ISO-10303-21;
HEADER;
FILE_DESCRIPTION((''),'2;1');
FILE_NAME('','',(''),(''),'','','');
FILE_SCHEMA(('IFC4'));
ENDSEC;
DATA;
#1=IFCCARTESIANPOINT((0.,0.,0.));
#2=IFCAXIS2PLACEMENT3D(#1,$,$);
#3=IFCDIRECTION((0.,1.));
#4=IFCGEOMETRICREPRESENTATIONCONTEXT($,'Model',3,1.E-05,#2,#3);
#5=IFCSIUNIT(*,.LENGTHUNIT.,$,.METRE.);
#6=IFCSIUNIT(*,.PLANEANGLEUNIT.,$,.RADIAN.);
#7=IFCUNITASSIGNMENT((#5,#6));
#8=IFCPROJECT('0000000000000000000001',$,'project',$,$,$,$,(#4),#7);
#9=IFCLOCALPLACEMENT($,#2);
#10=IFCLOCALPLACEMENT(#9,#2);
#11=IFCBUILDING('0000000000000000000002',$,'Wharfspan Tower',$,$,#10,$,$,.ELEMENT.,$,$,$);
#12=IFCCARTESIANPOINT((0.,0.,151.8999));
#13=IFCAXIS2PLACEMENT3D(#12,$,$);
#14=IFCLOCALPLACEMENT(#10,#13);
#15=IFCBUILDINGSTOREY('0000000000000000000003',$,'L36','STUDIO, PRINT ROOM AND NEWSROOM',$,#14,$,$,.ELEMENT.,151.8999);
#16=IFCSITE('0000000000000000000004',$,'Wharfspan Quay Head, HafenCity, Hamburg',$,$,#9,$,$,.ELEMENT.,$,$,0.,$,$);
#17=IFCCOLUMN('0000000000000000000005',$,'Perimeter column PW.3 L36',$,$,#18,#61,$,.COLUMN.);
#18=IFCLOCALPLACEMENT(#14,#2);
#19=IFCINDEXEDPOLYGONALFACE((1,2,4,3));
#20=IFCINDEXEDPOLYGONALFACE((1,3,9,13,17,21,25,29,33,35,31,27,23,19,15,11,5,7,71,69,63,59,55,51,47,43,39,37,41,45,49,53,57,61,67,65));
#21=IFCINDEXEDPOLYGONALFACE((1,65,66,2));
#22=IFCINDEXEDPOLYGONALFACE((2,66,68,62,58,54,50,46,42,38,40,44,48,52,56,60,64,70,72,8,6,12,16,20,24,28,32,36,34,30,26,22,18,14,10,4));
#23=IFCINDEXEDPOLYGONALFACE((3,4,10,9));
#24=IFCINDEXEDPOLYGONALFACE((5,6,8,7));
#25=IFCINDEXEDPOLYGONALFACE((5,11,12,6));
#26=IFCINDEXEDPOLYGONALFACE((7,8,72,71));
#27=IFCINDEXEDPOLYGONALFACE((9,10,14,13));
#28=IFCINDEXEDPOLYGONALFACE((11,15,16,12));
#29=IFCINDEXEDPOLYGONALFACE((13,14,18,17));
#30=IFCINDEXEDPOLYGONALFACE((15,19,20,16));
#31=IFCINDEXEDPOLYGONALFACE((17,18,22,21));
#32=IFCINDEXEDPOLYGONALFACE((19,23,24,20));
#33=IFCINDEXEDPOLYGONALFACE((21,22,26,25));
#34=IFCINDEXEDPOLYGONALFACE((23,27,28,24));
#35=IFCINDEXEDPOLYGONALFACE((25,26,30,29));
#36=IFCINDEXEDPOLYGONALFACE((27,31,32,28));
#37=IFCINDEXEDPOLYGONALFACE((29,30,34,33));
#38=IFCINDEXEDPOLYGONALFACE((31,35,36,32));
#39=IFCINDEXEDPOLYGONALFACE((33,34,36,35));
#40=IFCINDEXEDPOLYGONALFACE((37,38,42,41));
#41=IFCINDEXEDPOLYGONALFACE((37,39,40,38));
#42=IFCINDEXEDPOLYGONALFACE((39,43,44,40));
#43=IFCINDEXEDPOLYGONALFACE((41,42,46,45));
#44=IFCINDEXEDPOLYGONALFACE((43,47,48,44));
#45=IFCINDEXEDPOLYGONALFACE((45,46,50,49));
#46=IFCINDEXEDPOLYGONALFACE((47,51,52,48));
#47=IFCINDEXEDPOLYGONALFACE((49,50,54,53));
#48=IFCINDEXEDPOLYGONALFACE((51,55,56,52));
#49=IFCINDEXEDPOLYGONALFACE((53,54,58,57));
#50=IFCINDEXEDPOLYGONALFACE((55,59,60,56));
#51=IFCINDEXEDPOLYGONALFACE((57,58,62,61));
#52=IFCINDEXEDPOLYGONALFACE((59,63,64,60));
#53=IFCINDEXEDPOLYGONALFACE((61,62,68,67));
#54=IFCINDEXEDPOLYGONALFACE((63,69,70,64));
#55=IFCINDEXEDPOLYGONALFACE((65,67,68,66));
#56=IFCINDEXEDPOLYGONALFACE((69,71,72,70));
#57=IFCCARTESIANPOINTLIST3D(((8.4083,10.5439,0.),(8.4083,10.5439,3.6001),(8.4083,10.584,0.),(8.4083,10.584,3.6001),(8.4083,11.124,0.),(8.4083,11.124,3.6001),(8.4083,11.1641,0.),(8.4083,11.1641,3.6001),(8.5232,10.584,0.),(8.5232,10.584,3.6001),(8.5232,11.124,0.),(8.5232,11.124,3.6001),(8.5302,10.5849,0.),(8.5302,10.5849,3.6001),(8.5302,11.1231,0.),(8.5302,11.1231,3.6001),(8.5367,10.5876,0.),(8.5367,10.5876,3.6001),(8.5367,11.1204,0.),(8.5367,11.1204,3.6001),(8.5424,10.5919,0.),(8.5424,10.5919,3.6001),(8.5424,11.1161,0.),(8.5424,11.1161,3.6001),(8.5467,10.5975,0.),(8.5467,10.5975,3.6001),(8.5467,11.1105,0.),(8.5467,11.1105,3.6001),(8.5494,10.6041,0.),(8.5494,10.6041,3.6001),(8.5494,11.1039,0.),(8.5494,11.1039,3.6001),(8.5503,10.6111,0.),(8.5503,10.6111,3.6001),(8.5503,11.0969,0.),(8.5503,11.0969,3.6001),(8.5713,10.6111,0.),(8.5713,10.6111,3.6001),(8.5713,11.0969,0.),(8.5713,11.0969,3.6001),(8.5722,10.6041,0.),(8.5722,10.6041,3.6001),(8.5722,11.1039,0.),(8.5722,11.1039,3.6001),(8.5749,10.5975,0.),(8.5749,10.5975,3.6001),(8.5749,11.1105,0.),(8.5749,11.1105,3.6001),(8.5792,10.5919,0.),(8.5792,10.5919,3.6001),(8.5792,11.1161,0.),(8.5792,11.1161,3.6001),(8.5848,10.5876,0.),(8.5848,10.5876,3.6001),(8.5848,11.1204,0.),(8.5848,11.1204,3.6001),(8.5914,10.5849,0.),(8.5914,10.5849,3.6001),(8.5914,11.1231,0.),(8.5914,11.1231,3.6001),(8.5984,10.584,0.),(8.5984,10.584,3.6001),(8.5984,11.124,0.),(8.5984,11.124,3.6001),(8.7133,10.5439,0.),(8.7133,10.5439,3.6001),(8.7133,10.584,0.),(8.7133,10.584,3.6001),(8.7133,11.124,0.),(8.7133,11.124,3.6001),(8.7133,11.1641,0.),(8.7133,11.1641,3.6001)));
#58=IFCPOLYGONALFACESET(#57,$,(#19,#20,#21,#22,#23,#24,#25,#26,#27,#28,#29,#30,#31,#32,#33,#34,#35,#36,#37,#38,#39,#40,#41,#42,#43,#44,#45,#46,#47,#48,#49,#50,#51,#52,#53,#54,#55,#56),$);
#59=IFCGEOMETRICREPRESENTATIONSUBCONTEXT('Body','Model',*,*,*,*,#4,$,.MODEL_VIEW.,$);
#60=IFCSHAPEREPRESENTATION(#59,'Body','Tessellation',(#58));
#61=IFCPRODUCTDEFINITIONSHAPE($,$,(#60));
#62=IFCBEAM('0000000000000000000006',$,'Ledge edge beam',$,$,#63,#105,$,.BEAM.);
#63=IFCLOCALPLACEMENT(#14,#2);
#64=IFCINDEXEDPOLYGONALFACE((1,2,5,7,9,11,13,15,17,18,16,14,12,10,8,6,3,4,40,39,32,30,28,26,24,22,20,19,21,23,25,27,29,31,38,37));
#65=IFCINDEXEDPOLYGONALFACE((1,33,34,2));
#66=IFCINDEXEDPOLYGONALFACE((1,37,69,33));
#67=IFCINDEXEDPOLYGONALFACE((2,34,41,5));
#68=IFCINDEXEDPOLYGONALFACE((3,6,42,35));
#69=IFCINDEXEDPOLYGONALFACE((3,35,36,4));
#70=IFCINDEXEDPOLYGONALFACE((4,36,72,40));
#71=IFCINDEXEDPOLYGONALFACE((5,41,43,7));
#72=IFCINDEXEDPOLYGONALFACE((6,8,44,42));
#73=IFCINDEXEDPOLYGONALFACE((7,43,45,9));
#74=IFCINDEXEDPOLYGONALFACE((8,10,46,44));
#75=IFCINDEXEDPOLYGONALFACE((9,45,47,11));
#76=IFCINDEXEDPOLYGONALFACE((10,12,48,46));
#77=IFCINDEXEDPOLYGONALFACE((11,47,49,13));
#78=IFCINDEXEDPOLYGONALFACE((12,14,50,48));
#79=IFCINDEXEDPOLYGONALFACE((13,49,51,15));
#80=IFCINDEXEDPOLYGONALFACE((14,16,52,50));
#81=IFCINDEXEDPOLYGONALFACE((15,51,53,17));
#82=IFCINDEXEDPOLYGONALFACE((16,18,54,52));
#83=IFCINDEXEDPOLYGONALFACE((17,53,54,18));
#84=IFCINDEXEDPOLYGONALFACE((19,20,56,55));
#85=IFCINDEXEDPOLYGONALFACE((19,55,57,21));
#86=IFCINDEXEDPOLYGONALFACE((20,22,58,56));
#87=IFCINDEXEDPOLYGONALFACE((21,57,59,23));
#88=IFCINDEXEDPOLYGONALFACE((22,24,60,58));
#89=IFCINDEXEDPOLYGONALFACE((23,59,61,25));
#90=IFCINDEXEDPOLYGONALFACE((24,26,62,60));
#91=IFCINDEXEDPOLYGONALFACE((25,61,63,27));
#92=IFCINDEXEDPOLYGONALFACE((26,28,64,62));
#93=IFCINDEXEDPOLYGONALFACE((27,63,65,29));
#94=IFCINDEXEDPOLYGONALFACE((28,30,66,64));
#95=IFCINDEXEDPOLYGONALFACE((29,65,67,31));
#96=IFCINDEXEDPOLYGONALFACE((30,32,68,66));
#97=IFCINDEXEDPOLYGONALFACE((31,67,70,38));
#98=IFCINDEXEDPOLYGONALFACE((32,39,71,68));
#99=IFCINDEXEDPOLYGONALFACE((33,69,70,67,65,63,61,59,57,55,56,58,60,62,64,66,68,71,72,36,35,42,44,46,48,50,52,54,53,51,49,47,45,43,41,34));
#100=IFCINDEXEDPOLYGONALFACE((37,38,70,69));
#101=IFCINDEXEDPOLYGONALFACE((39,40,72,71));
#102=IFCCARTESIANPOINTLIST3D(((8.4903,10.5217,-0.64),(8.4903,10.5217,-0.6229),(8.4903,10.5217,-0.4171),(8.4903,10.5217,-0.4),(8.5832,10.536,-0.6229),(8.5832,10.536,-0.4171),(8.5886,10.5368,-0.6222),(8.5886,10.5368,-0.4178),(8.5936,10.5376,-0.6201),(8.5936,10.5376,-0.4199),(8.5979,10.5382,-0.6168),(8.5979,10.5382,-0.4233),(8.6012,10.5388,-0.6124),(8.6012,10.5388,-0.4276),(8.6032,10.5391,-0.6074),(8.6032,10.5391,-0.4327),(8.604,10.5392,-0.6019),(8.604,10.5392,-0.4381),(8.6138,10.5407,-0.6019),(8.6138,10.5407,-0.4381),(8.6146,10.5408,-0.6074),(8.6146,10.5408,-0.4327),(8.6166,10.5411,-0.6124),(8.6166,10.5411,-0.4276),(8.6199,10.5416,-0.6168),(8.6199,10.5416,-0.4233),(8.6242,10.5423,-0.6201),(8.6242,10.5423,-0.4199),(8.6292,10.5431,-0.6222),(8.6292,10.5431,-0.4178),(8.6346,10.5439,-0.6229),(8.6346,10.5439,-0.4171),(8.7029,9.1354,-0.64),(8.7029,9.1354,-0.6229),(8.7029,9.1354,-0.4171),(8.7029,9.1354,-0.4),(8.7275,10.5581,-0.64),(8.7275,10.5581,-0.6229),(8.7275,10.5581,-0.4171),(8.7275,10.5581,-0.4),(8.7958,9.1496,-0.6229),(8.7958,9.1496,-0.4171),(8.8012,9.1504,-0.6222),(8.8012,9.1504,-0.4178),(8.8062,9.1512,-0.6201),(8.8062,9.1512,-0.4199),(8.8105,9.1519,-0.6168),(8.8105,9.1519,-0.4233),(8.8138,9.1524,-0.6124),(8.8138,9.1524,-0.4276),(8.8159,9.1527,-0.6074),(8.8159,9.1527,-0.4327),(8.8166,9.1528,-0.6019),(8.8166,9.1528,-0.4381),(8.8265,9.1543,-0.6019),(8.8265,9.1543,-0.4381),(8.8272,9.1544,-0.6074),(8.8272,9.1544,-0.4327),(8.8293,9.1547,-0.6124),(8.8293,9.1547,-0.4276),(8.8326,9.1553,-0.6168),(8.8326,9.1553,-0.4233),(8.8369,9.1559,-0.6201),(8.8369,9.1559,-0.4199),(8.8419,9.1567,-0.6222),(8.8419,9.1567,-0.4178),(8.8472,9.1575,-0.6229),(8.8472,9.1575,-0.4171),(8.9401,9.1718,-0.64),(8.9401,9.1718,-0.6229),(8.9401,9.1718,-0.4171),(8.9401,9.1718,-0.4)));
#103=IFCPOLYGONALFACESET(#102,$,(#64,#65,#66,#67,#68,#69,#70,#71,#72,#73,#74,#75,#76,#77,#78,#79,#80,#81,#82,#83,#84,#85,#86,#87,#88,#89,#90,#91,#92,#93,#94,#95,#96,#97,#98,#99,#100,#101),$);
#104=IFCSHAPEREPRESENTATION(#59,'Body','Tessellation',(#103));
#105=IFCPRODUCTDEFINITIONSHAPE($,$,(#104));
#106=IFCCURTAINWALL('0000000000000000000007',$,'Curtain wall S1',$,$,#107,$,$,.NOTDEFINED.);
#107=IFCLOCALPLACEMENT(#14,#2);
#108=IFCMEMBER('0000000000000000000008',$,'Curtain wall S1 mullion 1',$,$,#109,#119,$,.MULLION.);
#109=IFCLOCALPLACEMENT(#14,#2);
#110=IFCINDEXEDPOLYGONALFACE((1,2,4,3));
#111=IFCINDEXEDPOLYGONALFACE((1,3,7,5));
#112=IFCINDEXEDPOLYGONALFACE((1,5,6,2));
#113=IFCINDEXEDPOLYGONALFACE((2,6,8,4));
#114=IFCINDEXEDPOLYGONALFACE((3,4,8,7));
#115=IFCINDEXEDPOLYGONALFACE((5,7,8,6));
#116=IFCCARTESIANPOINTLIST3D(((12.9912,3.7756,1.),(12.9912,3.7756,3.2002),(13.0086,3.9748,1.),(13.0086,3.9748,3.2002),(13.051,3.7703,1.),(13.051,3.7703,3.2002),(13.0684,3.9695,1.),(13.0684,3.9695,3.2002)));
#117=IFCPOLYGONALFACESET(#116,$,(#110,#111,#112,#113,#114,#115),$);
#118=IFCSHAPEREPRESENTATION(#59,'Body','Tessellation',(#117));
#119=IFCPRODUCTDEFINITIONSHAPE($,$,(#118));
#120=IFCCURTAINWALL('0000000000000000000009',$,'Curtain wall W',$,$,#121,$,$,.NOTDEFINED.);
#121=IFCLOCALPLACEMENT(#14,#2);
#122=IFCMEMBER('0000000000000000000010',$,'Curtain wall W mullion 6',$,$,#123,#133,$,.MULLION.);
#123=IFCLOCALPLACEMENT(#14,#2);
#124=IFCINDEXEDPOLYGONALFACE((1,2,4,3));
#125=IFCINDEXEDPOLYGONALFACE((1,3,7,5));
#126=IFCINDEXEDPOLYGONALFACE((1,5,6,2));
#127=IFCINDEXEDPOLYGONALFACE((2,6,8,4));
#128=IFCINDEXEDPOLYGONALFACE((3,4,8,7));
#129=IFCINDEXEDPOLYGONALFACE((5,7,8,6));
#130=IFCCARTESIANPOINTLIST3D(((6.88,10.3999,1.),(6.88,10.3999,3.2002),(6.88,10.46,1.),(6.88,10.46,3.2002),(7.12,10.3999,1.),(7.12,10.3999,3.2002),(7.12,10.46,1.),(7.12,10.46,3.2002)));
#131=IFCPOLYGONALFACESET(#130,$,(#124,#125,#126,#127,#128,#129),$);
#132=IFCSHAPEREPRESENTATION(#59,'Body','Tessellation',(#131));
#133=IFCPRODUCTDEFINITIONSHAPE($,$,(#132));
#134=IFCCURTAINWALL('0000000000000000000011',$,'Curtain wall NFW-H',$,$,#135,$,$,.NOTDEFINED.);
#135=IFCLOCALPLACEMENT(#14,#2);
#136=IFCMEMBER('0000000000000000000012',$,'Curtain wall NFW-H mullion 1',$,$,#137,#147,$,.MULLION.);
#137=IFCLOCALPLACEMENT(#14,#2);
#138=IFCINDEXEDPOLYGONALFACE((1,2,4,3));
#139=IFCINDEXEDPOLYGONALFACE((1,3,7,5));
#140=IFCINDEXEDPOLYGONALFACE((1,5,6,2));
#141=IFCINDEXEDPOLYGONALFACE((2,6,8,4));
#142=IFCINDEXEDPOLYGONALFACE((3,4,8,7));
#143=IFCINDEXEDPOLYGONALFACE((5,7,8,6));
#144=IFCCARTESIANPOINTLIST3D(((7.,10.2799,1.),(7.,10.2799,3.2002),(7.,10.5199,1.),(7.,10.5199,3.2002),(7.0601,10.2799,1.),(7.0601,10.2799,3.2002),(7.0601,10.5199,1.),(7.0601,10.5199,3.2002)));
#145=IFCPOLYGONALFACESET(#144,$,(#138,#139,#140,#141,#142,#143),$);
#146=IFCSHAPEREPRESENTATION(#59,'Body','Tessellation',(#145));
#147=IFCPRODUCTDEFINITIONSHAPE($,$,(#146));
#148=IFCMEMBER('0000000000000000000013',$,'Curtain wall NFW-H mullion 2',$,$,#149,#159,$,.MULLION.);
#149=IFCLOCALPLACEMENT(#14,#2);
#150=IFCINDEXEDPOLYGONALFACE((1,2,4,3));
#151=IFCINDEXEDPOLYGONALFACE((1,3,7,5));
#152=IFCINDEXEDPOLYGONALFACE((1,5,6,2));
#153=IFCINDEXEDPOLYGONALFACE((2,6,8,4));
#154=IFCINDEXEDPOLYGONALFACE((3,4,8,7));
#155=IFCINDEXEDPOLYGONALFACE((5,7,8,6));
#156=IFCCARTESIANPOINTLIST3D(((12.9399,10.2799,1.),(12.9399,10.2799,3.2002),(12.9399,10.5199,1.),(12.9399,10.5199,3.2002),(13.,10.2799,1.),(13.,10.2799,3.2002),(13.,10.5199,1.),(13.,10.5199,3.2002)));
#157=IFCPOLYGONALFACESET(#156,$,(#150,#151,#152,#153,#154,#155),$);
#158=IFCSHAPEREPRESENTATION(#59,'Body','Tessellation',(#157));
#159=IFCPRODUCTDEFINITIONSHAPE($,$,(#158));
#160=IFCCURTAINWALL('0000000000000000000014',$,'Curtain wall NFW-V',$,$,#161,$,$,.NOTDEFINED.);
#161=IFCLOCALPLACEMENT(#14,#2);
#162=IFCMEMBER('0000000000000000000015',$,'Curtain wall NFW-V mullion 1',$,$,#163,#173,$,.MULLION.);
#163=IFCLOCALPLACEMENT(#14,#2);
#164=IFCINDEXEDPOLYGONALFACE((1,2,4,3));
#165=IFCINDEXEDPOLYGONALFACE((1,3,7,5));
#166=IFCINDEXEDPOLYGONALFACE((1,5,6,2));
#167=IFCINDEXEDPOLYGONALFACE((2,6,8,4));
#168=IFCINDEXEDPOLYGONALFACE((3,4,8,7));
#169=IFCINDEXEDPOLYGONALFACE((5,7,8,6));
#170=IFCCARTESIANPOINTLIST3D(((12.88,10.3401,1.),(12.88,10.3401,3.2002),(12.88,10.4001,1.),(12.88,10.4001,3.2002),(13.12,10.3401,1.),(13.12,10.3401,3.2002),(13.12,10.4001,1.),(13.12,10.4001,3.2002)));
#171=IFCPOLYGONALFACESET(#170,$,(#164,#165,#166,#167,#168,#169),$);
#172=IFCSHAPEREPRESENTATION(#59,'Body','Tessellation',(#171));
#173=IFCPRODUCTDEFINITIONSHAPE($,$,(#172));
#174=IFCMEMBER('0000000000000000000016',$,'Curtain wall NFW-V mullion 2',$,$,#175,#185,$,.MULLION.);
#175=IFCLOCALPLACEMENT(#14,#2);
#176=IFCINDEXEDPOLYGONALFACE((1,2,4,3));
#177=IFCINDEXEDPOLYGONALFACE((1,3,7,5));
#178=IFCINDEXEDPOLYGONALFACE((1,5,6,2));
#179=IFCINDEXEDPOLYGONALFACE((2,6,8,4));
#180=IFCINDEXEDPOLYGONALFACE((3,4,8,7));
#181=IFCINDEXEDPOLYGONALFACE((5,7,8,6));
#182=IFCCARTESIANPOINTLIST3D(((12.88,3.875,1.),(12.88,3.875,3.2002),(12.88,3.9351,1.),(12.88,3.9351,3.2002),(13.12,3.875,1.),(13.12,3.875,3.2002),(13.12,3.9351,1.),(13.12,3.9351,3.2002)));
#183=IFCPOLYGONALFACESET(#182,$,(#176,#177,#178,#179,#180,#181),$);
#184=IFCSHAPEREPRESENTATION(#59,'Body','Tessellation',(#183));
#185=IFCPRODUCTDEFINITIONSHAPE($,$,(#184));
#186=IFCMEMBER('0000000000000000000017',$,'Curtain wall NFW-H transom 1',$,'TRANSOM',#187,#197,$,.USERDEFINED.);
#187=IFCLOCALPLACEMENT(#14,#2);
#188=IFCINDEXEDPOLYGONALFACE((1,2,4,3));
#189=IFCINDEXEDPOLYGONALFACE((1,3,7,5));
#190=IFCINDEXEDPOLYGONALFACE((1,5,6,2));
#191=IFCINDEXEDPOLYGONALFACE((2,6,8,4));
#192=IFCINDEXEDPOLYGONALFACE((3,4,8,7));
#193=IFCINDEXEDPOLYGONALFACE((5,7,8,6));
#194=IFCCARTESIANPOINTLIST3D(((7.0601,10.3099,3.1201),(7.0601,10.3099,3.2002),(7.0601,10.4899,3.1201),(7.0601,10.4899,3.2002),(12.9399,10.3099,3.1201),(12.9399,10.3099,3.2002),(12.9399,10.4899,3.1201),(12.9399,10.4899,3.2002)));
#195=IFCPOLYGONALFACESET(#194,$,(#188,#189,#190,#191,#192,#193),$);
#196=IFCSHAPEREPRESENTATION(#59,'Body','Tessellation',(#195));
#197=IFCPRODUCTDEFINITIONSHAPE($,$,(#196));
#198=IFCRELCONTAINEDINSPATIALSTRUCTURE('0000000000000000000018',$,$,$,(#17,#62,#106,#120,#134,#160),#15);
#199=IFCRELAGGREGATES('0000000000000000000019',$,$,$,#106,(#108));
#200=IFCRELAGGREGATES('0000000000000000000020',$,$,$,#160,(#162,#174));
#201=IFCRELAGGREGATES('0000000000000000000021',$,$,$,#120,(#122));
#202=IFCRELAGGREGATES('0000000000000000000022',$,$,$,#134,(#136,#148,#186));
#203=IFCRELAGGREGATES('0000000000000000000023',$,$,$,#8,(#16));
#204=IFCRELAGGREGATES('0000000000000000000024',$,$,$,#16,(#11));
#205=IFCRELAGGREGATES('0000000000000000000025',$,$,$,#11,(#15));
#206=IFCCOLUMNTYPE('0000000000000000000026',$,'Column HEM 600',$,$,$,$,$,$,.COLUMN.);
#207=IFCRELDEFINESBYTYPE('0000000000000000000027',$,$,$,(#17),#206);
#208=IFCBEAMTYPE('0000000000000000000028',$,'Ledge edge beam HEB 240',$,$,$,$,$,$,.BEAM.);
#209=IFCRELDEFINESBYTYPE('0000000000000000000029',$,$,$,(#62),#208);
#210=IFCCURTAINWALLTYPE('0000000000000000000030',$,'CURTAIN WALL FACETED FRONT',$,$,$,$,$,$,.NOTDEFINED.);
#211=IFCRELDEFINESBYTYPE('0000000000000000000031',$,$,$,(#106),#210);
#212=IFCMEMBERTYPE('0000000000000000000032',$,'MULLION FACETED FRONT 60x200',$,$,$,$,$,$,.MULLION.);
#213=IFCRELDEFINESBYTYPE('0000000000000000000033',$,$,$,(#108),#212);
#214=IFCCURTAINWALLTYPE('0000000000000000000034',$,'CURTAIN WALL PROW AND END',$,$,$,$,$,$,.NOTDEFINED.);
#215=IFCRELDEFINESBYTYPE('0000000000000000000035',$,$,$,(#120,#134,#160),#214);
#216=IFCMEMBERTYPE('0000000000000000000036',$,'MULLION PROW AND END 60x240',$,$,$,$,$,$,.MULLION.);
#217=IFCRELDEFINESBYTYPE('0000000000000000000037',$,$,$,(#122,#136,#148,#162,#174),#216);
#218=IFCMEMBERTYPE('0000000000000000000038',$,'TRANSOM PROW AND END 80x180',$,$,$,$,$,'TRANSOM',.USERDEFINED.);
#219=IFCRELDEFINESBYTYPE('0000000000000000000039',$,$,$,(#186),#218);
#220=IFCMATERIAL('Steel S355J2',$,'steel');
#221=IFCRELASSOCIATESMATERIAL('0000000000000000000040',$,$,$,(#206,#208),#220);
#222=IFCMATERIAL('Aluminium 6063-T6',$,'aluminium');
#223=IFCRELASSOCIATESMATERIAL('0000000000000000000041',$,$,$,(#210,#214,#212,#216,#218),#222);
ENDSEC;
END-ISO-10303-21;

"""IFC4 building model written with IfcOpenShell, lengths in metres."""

from ifc_helpers import new_model, si_unit, direction, frame, origin, origin_2d, place, context, subcontext, project, spatial, rectangle, i_section, extrude, material, material_profile, profile_set, type_object, element, aggregate, save


model = new_model("IFC4")

# Units and contexts
model_context = context("Model", 3, precision=1e-05, world=origin(), true_north=direction((0.0, 1.0)))
body_context = subcontext(model_context, "Body", "Model", "MODEL_VIEW")
ifc_project = project(units=[si_unit("LENGTHUNIT", "METRE"), si_unit("PLANEANGLEUNIT", "RADIAN")], contexts=[model_context])

# Site, building, storey
site_placement = place(None, origin())
site = spatial("IfcSite", under=ifc_project, at=site_placement, Name="Wharfspan Quay Head, HafenCity, Hamburg", CompositionType="ELEMENT", RefElevation=0.0)
building_placement = place(site_placement, origin())
building = spatial("IfcBuilding", under=site, at=building_placement, Name="Wharfspan Tower", CompositionType="ELEMENT")
storey_placement = place(building_placement, frame((0.0, 0.0, 151.8999)))
storey = spatial("IfcBuildingStorey", under=building, at=storey_placement, Name="L36", Description="STUDIO, PRINT ROOM AND NEWSROOM", CompositionType="ELEMENT", Elevation=151.8999)

# Column
ifc_material_1 = material(Name="Steel S355J2", Category="steel")
ifc_material_profile_1 = material_profile(ifc_material_1, i_section(OverallWidth=0.3049, OverallDepth=0.6201, WebThickness=0.021, FlangeThickness=0.04, FilletRadius=0.0271, at=origin_2d()))
ifc_profile_set_1 = profile_set([ifc_material_profile_1], Name="Steel S355J2")
column_type = type_object("IfcColumnType", Name="Column HEM 600", PredefinedType="COLUMN", material=ifc_profile_set_1)
column_placement = place(storey_placement, frame((8.5608, 10.854, 0.0), z_axis=(0.0, 0.0, 1.0), x_axis=(-1.0, 0.0, 0.0)))
element("IfcColumn", 1, at=column_placement, inside=storey, type_object=column_type, Name="Perimeter column PW.3 L36", PredefinedType="COLUMN", context=body_context, shape_type="SweptSolid", body=[
    extrude(i_section(OverallWidth=0.3049, OverallDepth=0.6201, WebThickness=0.021, FlangeThickness=0.04, FilletRadius=0.0271, at=origin_2d()), origin(), (0.0, 0.0, 1.0), 3.6001),
])

# Beam
ifc_material_profile_2 = material_profile(ifc_material_1, i_section(OverallWidth=0.24, OverallDepth=0.24, WebThickness=0.01, FlangeThickness=0.0171, FilletRadius=0.021, at=origin_2d()))
ifc_profile_set_2 = profile_set([ifc_material_profile_2], Name="Steel S355J2")
beam_type = type_object("IfcBeamType", Name="Ledge edge beam HEB 240", PredefinedType="BEAM", material=ifc_profile_set_2)
beam_placement = place(storey_placement, frame((8.8215, 9.1536, -0.52), z_axis=(-0.151599, 0.988442, 0.0), x_axis=(-0.988442, -0.151599, 0.0)))
element("IfcBeam", 2, at=beam_placement, inside=storey, type_object=beam_type, Name="Ledge edge beam", PredefinedType="BEAM", context=body_context, shape_type="SweptSolid", body=[
    extrude(i_section(OverallWidth=0.24, OverallDepth=0.24, WebThickness=0.01, FlangeThickness=0.0171, FilletRadius=0.021, at=origin_2d()), origin(), (0.0, 0.0, 1.0), 1.4026),
])

# Curtain walls, members
ifc_material_2 = material(Name="Aluminium 6063-T6", Category="aluminium")
curtain_wall_type_1 = type_object("IfcCurtainWallType", Name="CURTAIN WALL FACETED FRONT", PredefinedType="NOTDEFINED", material=ifc_material_2)
curtain_wall_1_placement = place(storey_placement, origin())
curtain_wall_1 = element("IfcCurtainWall", 3, at=curtain_wall_1_placement, inside=storey, type_object=curtain_wall_type_1, Name="Curtain wall S1", PredefinedType="NOTDEFINED")
ifc_material_profile_3 = material_profile(ifc_material_2, rectangle(XDim=0.2, YDim=0.0601, at=origin_2d()))
ifc_profile_set_3 = profile_set([ifc_material_profile_3], Name="Aluminium 6063-T6")
member_type_1 = type_object("IfcMemberType", Name="MULLION FACETED FRONT 60x200", PredefinedType="MULLION", material=ifc_profile_set_3)
member_1_placement = place(storey_placement, frame((13.0298, 3.8726, 1.0), z_axis=(0.0, 0.0, 1.0), x_axis=(0.087156, 0.996198, 0.0)))
member_1 = element("IfcMember", 4, at=member_1_placement, type_object=member_type_1, Name="Curtain wall S1 mullion 1", PredefinedType="MULLION", context=body_context, shape_type="SweptSolid", body=[
    extrude(rectangle(XDim=0.2, YDim=0.0601, at=origin_2d()), origin(), (0.0, 0.0, 1.0), 2.2002),
])
aggregate(curtain_wall_1, [member_1])
curtain_wall_type_2 = type_object("IfcCurtainWallType", Name="CURTAIN WALL PROW AND END", PredefinedType="NOTDEFINED", material=ifc_material_2)
curtain_wall_2_placement = place(storey_placement, origin())
curtain_wall_2 = element("IfcCurtainWall", 5, at=curtain_wall_2_placement, inside=storey, type_object=curtain_wall_type_2, Name="Curtain wall W", PredefinedType="NOTDEFINED")
ifc_material_profile_4 = material_profile(ifc_material_2, rectangle(XDim=0.24, YDim=0.0601, at=origin_2d()))
ifc_profile_set_4 = profile_set([ifc_material_profile_4], Name="Aluminium 6063-T6")
member_type_2 = type_object("IfcMemberType", Name="MULLION PROW AND END 60x240", PredefinedType="MULLION", material=ifc_profile_set_4)
member_2_placement = place(storey_placement, frame((7.0, 10.4299, 1.0), z_axis=(0.0, 0.0, 1.0), x_axis=(1.0, 0.0, 0.0)))
member_2 = element("IfcMember", 6, at=member_2_placement, type_object=member_type_2, Name="Curtain wall W mullion 6", PredefinedType="MULLION", context=body_context, shape_type="SweptSolid", body=[
    extrude(rectangle(XDim=0.24, YDim=0.0601, at=origin_2d()), origin(), (0.0, 0.0, 1.0), 2.2002),
])

# Curtain walls, members
curtain_wall_3_placement = place(storey_placement, origin())
curtain_wall_3 = element("IfcCurtainWall", 7, at=curtain_wall_3_placement, inside=storey, type_object=curtain_wall_type_2, Name="Curtain wall NFW-H", PredefinedType="NOTDEFINED")
member_3_placement = place(storey_placement, frame((7.03, 10.3999, 1.0), z_axis=(0.0, 0.0, 1.0), x_axis=(0.0, 1.0, 0.0)))
member_3 = element("IfcMember", 8, at=member_3_placement, type_object=member_type_2, Name="Curtain wall NFW-H mullion 1", PredefinedType="MULLION", context=body_context, shape_type="SweptSolid", body=[
    extrude(rectangle(XDim=0.24, YDim=0.0601, at=origin_2d()), origin(), (0.0, 0.0, 1.0), 2.2002),
])
member_4_placement = place(storey_placement, frame((12.97, 10.3999, 1.0), z_axis=(0.0, 0.0, 1.0), x_axis=(0.0, 1.0, 0.0)))
member_4 = element("IfcMember", 9, at=member_4_placement, type_object=member_type_2, Name="Curtain wall NFW-H mullion 2", PredefinedType="MULLION", context=body_context, shape_type="SweptSolid", body=[
    extrude(rectangle(XDim=0.24, YDim=0.0601, at=origin_2d()), origin(), (0.0, 0.0, 1.0), 2.2002),
])
curtain_wall_4_placement = place(storey_placement, origin())
curtain_wall_4 = element("IfcCurtainWall", 10, at=curtain_wall_4_placement, inside=storey, type_object=curtain_wall_type_2, Name="Curtain wall NFW-V", PredefinedType="NOTDEFINED")
member_5_placement = place(storey_placement, frame((13.0, 10.3701, 1.0), z_axis=(0.0, 0.0, 1.0), x_axis=(1.0, 0.0, 0.0)))
member_5 = element("IfcMember", 11, at=member_5_placement, type_object=member_type_2, Name="Curtain wall NFW-V mullion 1", PredefinedType="MULLION", context=body_context, shape_type="SweptSolid", body=[
    extrude(rectangle(XDim=0.24, YDim=0.0601, at=origin_2d()), origin(), (0.0, 0.0, 1.0), 2.2002),
])
member_6_placement = place(storey_placement, frame((13.0, 3.905, 1.0), z_axis=(0.0, 0.0, 1.0), x_axis=(1.0, 0.0, 0.0)))
member_6 = element("IfcMember", 12, at=member_6_placement, type_object=member_type_2, Name="Curtain wall NFW-V mullion 2", PredefinedType="MULLION", context=body_context, shape_type="SweptSolid", body=[
    extrude(rectangle(XDim=0.24, YDim=0.0601, at=origin_2d()), origin(), (0.0, 0.0, 1.0), 2.2002),
])

# Member
ifc_material_profile_5 = material_profile(ifc_material_2, rectangle(XDim=0.1799, YDim=0.0801, at=origin_2d()))
ifc_profile_set_5 = profile_set([ifc_material_profile_5], Name="Aluminium 6063-T6")
member_type_3 = type_object("IfcMemberType", Name="TRANSOM PROW AND END 80x180", ElementType="TRANSOM", PredefinedType="USERDEFINED", material=ifc_profile_set_5)
member_7_placement = place(storey_placement, frame((7.0601, 10.3999, 3.1602), z_axis=(1.0, 0.0, 0.0), x_axis=(0.0, 1.0, 0.0)))
member_7 = element("IfcMember", 13, at=member_7_placement, type_object=member_type_3, Name="Curtain wall NFW-H transom 1", ObjectType="TRANSOM", PredefinedType="USERDEFINED", context=body_context, shape_type="SweptSolid", body=[
    extrude(rectangle(XDim=0.1799, YDim=0.0801, at=origin_2d()), origin(), (0.0, 0.0, 1.0), 5.8799),
])
aggregate(curtain_wall_4, [member_5, member_6])

aggregate(curtain_wall_2, [member_2])
aggregate(curtain_wall_3, [member_3, member_4, member_7])

save(model, "model.ifc")
